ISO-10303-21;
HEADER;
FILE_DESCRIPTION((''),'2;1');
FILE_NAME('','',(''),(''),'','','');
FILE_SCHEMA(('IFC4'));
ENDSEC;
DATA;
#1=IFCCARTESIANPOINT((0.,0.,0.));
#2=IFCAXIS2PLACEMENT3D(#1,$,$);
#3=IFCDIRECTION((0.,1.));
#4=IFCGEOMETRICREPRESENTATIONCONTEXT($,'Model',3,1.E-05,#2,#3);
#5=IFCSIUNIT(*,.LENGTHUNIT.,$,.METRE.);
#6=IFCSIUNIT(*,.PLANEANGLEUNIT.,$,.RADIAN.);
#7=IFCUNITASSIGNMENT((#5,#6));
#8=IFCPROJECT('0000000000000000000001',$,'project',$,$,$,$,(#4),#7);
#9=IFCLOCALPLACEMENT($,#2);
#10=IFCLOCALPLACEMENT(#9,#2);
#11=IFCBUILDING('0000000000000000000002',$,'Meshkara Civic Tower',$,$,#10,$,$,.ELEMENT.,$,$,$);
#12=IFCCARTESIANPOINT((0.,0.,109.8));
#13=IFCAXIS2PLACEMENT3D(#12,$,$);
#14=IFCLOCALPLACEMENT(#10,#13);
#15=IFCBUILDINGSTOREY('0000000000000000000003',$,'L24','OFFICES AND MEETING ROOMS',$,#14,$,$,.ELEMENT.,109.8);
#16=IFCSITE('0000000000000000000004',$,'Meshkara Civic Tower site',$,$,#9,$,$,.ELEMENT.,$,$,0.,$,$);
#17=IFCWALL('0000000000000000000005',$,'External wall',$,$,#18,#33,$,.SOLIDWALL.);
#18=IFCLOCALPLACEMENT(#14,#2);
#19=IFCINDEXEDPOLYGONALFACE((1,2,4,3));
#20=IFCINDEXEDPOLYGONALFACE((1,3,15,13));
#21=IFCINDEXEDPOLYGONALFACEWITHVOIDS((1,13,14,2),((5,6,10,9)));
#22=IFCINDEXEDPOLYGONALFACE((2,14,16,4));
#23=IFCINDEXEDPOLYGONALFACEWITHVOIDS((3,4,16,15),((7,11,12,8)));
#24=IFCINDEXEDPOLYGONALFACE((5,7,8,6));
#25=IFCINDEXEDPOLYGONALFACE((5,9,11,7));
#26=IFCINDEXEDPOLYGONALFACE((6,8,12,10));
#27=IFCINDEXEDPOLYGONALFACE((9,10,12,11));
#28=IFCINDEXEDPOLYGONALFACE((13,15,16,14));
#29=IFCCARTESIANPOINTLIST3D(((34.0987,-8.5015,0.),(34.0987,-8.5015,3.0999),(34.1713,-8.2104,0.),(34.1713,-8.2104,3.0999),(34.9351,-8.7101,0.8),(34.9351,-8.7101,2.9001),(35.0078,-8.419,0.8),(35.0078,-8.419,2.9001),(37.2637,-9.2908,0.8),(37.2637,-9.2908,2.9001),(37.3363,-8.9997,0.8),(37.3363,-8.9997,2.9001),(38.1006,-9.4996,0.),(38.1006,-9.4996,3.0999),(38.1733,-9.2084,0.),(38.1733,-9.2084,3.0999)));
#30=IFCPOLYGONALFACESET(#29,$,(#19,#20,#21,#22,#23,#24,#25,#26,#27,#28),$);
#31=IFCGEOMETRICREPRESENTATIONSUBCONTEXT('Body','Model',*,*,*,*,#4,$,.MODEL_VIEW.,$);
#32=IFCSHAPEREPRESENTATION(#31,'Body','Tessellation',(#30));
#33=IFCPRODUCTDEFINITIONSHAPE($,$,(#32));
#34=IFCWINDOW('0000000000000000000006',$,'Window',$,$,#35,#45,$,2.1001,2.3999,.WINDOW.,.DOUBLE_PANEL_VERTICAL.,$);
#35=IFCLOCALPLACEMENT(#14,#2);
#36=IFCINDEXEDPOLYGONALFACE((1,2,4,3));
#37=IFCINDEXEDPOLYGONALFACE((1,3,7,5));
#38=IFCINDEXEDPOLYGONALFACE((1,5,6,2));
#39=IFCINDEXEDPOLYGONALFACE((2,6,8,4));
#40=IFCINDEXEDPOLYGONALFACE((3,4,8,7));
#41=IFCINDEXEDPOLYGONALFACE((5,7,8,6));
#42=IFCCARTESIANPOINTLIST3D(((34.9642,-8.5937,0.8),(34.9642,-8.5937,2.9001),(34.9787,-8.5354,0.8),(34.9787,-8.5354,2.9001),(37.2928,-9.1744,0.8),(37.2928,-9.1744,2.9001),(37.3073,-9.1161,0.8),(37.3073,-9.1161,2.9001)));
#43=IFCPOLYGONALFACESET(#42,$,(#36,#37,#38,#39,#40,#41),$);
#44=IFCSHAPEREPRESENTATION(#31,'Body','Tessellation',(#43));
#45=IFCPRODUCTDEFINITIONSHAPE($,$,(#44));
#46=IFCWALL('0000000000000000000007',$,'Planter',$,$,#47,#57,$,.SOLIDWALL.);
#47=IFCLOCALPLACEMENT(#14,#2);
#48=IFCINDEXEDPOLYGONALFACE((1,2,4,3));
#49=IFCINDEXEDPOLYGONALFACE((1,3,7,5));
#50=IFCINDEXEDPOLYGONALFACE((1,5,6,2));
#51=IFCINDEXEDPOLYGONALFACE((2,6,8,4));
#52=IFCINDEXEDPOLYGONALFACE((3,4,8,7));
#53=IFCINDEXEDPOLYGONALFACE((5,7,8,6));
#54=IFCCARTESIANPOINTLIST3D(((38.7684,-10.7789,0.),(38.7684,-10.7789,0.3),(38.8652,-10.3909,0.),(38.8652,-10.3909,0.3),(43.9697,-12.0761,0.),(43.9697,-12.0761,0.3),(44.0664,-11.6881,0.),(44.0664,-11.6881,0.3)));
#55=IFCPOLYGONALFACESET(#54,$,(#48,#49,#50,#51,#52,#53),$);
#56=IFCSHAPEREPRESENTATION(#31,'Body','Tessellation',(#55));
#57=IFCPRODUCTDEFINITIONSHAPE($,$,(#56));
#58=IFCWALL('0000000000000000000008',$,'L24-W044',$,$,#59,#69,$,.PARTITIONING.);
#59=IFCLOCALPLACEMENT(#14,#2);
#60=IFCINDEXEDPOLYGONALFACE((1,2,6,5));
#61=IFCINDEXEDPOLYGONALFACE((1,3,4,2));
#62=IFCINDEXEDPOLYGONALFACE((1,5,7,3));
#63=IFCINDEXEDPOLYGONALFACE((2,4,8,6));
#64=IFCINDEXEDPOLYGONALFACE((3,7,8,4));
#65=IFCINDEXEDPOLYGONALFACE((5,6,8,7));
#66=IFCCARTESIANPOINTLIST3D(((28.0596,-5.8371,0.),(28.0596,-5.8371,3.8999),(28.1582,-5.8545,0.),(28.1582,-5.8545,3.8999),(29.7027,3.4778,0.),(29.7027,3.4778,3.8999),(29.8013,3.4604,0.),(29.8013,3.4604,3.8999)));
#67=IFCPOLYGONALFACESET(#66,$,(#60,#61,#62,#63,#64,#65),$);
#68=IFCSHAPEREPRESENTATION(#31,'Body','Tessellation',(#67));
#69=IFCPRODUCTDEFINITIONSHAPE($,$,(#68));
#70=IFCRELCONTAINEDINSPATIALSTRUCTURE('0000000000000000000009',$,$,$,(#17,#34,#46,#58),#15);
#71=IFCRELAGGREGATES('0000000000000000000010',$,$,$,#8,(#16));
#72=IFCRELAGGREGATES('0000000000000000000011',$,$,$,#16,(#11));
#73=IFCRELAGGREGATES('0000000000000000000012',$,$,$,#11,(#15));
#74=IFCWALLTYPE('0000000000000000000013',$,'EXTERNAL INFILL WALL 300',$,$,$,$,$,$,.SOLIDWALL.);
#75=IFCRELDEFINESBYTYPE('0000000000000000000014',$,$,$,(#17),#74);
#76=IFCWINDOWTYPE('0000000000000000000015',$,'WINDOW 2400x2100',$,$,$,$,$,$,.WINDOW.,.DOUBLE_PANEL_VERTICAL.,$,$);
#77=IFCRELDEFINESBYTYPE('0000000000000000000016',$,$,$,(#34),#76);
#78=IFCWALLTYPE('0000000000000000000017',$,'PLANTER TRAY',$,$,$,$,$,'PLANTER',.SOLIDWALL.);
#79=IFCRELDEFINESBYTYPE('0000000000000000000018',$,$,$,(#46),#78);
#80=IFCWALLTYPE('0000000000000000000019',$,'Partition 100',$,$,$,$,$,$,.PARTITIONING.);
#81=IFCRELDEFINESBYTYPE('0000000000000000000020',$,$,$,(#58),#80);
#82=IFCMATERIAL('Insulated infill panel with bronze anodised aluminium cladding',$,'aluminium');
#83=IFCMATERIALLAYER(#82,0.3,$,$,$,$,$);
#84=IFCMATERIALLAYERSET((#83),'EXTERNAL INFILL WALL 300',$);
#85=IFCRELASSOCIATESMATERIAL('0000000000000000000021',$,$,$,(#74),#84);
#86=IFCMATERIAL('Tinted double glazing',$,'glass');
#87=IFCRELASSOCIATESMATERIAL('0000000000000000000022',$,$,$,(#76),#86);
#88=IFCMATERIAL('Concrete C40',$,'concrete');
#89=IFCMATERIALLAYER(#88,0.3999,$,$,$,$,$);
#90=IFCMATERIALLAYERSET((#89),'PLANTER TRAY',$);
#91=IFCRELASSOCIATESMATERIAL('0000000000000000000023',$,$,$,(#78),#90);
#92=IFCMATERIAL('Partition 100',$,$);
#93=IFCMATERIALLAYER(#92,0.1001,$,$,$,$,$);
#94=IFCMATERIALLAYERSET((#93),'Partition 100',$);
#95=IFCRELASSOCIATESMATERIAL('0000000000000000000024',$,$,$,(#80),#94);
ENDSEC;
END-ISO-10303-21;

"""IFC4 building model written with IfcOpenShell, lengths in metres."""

from ifc_helpers import new_model, si_unit, direction, frame, frame_2d, origin, place, context, subcontext, project, spatial, rectangle, extrude, material, layer, layer_set, type_object, element, fill, save


model = new_model("IFC4")

# Units and contexts
model_context = context("Model", 3, precision=1e-05, world=origin(), true_north=direction((0.0, 1.0)))
body_context = subcontext(model_context, "Body", "Model", "MODEL_VIEW")
ifc_project = project(units=[si_unit("LENGTHUNIT", "METRE"), si_unit("PLANEANGLEUNIT", "RADIAN")], contexts=[model_context])

# Site, building, storey
site_placement = place(None, origin())
site = spatial("IfcSite", under=ifc_project, at=site_placement, Name="Meshkara Civic Tower site", CompositionType="ELEMENT", RefElevation=0.0)
building_placement = place(site_placement, origin())
building = spatial("IfcBuilding", under=site, at=building_placement, Name="Meshkara Civic Tower", CompositionType="ELEMENT")
storey_placement = place(building_placement, frame((0.0, 0.0, 109.8)))
storey = spatial("IfcBuildingStorey", under=building, at=storey_placement, Name="L24", Description="OFFICES AND MEETING ROOMS", CompositionType="ELEMENT", Elevation=109.8)

# Wall, opening, window
ifc_material_1 = material(Name="Insulated infill panel with bronze anodised aluminium cladding", Category="aluminium")
ifc_layer_1 = layer(ifc_material_1, 0.3)
ifc_layer_set_1 = layer_set([ifc_layer_1], Name="EXTERNAL INFILL WALL 300")
wall_type_1 = type_object("IfcWallType", Name="EXTERNAL INFILL WALL 300", PredefinedType="SOLIDWALL", material=ifc_layer_set_1)
ifc_material_2 = material(Name="Tinted double glazing", Category="glass")
window_type = type_object("IfcWindowType", Name="WINDOW 2400x2100", PartitioningType="DOUBLE_PANEL_VERTICAL", PredefinedType="WINDOW", material=ifc_material_2)
wall_1_placement = place(storey_placement, frame((34.135, -8.356, 0.0), z_axis=(0.0, 0.0, 1.0), x_axis=(0.970282, -0.241978, 0.0)))
wall_1 = element("IfcWall", 1, at=wall_1_placement, inside=storey, type_object=wall_type_1, Name="External wall", PredefinedType="SOLIDWALL", context=body_context, shape_type="SweptSolid", body=[
    extrude(rectangle(XDim=4.1245, YDim=0.3, at=frame_2d((2.0623, 0.0))), origin(), (0.0, 0.0, 1.0), 3.0999),
])
opening_1_placement = place(wall_1_placement, frame((0.8621, 0.0, 0.8)))
opening_1 = element("IfcOpeningElement", 2, at=opening_1_placement, cuts=wall_1, PredefinedType="OPENING", context=body_context, shape_type="SweptSolid", body=[
    extrude(rectangle(XDim=2.3999, YDim=2.1001, at=frame_2d((1.2, 1.05))), frame((0.0, 0.1599, 0.0), z_axis=(0.0, -1.0, 0.0), x_axis=(1.0, 0.0, 0.0)), (0.0, 0.0, 1.0), 0.3201),
])
window_1_placement = place(opening_1_placement, origin())
window_1 = element("IfcWindow", 3, at=window_1_placement, inside=storey, type_object=window_type, Name="Window", OverallHeight=2.1001, OverallWidth=2.3999, PartitioningType="DOUBLE_PANEL_VERTICAL", PredefinedType="WINDOW", context=body_context, shape_type="SweptSolid", body=[
    extrude(rectangle(XDim=2.3999, YDim=2.1001, at=frame_2d((1.2, 1.05))), frame((0.0, 0.03, 0.0), z_axis=(0.0, -1.0, 0.0), x_axis=(1.0, 0.0, 0.0)), (0.0, 0.0, 1.0), 0.0601),
])
fill(opening_1, window_1)

# Walls
ifc_material_3 = material(Name="Concrete C40", Category="concrete")
ifc_layer_2 = layer(ifc_material_3, 0.3999)
ifc_layer_set_2 = layer_set([ifc_layer_2], Name="PLANTER TRAY")
wall_type_2 = type_object("IfcWallType", Name="PLANTER TRAY", ElementType="PLANTER", PredefinedType="SOLIDWALL", material=ifc_layer_set_2)
wall_2_placement = place(storey_placement, frame((38.8169, -10.585, 0.0), z_axis=(0.0, 0.0, 1.0), x_axis=(0.970282, -0.241978, 0.0)))
element("IfcWall", 4, at=wall_2_placement, inside=storey, type_object=wall_type_2, Name="Planter", PredefinedType="SOLIDWALL", context=body_context, shape_type="SweptSolid", body=[
    extrude(rectangle(XDim=5.3606, YDim=0.3999, at=frame_2d((2.6802, 0.0))), origin(), (0.0, 0.0, 1.0), 0.3),
])
ifc_material_4 = material(Name="Partition 100")
ifc_layer_3 = layer(ifc_material_4, 0.1001)
ifc_layer_set_3 = layer_set([ifc_layer_3], Name="Partition 100")
wall_type_3 = type_object("IfcWallType", Name="Partition 100", PredefinedType="PARTITIONING", material=ifc_layer_set_3)
wall_3_placement = place(storey_placement, frame((28.1089, -5.8459, 0.0), z_axis=(0.0, 0.0, 1.0), x_axis=(0.173709, 0.984797, 0.0)))
element("IfcWall", 5, at=wall_3_placement, inside=storey, type_object=wall_type_3, Name="L24-W044", PredefinedType="PARTITIONING", context=body_context, shape_type="SweptSolid", body=[
    extrude(rectangle(XDim=9.4587, YDim=0.1001, at=frame_2d((4.7295, 0.0))), origin(), (0.0, 0.0, 1.0), 3.8999),
])

save(model, "model.ifc")
